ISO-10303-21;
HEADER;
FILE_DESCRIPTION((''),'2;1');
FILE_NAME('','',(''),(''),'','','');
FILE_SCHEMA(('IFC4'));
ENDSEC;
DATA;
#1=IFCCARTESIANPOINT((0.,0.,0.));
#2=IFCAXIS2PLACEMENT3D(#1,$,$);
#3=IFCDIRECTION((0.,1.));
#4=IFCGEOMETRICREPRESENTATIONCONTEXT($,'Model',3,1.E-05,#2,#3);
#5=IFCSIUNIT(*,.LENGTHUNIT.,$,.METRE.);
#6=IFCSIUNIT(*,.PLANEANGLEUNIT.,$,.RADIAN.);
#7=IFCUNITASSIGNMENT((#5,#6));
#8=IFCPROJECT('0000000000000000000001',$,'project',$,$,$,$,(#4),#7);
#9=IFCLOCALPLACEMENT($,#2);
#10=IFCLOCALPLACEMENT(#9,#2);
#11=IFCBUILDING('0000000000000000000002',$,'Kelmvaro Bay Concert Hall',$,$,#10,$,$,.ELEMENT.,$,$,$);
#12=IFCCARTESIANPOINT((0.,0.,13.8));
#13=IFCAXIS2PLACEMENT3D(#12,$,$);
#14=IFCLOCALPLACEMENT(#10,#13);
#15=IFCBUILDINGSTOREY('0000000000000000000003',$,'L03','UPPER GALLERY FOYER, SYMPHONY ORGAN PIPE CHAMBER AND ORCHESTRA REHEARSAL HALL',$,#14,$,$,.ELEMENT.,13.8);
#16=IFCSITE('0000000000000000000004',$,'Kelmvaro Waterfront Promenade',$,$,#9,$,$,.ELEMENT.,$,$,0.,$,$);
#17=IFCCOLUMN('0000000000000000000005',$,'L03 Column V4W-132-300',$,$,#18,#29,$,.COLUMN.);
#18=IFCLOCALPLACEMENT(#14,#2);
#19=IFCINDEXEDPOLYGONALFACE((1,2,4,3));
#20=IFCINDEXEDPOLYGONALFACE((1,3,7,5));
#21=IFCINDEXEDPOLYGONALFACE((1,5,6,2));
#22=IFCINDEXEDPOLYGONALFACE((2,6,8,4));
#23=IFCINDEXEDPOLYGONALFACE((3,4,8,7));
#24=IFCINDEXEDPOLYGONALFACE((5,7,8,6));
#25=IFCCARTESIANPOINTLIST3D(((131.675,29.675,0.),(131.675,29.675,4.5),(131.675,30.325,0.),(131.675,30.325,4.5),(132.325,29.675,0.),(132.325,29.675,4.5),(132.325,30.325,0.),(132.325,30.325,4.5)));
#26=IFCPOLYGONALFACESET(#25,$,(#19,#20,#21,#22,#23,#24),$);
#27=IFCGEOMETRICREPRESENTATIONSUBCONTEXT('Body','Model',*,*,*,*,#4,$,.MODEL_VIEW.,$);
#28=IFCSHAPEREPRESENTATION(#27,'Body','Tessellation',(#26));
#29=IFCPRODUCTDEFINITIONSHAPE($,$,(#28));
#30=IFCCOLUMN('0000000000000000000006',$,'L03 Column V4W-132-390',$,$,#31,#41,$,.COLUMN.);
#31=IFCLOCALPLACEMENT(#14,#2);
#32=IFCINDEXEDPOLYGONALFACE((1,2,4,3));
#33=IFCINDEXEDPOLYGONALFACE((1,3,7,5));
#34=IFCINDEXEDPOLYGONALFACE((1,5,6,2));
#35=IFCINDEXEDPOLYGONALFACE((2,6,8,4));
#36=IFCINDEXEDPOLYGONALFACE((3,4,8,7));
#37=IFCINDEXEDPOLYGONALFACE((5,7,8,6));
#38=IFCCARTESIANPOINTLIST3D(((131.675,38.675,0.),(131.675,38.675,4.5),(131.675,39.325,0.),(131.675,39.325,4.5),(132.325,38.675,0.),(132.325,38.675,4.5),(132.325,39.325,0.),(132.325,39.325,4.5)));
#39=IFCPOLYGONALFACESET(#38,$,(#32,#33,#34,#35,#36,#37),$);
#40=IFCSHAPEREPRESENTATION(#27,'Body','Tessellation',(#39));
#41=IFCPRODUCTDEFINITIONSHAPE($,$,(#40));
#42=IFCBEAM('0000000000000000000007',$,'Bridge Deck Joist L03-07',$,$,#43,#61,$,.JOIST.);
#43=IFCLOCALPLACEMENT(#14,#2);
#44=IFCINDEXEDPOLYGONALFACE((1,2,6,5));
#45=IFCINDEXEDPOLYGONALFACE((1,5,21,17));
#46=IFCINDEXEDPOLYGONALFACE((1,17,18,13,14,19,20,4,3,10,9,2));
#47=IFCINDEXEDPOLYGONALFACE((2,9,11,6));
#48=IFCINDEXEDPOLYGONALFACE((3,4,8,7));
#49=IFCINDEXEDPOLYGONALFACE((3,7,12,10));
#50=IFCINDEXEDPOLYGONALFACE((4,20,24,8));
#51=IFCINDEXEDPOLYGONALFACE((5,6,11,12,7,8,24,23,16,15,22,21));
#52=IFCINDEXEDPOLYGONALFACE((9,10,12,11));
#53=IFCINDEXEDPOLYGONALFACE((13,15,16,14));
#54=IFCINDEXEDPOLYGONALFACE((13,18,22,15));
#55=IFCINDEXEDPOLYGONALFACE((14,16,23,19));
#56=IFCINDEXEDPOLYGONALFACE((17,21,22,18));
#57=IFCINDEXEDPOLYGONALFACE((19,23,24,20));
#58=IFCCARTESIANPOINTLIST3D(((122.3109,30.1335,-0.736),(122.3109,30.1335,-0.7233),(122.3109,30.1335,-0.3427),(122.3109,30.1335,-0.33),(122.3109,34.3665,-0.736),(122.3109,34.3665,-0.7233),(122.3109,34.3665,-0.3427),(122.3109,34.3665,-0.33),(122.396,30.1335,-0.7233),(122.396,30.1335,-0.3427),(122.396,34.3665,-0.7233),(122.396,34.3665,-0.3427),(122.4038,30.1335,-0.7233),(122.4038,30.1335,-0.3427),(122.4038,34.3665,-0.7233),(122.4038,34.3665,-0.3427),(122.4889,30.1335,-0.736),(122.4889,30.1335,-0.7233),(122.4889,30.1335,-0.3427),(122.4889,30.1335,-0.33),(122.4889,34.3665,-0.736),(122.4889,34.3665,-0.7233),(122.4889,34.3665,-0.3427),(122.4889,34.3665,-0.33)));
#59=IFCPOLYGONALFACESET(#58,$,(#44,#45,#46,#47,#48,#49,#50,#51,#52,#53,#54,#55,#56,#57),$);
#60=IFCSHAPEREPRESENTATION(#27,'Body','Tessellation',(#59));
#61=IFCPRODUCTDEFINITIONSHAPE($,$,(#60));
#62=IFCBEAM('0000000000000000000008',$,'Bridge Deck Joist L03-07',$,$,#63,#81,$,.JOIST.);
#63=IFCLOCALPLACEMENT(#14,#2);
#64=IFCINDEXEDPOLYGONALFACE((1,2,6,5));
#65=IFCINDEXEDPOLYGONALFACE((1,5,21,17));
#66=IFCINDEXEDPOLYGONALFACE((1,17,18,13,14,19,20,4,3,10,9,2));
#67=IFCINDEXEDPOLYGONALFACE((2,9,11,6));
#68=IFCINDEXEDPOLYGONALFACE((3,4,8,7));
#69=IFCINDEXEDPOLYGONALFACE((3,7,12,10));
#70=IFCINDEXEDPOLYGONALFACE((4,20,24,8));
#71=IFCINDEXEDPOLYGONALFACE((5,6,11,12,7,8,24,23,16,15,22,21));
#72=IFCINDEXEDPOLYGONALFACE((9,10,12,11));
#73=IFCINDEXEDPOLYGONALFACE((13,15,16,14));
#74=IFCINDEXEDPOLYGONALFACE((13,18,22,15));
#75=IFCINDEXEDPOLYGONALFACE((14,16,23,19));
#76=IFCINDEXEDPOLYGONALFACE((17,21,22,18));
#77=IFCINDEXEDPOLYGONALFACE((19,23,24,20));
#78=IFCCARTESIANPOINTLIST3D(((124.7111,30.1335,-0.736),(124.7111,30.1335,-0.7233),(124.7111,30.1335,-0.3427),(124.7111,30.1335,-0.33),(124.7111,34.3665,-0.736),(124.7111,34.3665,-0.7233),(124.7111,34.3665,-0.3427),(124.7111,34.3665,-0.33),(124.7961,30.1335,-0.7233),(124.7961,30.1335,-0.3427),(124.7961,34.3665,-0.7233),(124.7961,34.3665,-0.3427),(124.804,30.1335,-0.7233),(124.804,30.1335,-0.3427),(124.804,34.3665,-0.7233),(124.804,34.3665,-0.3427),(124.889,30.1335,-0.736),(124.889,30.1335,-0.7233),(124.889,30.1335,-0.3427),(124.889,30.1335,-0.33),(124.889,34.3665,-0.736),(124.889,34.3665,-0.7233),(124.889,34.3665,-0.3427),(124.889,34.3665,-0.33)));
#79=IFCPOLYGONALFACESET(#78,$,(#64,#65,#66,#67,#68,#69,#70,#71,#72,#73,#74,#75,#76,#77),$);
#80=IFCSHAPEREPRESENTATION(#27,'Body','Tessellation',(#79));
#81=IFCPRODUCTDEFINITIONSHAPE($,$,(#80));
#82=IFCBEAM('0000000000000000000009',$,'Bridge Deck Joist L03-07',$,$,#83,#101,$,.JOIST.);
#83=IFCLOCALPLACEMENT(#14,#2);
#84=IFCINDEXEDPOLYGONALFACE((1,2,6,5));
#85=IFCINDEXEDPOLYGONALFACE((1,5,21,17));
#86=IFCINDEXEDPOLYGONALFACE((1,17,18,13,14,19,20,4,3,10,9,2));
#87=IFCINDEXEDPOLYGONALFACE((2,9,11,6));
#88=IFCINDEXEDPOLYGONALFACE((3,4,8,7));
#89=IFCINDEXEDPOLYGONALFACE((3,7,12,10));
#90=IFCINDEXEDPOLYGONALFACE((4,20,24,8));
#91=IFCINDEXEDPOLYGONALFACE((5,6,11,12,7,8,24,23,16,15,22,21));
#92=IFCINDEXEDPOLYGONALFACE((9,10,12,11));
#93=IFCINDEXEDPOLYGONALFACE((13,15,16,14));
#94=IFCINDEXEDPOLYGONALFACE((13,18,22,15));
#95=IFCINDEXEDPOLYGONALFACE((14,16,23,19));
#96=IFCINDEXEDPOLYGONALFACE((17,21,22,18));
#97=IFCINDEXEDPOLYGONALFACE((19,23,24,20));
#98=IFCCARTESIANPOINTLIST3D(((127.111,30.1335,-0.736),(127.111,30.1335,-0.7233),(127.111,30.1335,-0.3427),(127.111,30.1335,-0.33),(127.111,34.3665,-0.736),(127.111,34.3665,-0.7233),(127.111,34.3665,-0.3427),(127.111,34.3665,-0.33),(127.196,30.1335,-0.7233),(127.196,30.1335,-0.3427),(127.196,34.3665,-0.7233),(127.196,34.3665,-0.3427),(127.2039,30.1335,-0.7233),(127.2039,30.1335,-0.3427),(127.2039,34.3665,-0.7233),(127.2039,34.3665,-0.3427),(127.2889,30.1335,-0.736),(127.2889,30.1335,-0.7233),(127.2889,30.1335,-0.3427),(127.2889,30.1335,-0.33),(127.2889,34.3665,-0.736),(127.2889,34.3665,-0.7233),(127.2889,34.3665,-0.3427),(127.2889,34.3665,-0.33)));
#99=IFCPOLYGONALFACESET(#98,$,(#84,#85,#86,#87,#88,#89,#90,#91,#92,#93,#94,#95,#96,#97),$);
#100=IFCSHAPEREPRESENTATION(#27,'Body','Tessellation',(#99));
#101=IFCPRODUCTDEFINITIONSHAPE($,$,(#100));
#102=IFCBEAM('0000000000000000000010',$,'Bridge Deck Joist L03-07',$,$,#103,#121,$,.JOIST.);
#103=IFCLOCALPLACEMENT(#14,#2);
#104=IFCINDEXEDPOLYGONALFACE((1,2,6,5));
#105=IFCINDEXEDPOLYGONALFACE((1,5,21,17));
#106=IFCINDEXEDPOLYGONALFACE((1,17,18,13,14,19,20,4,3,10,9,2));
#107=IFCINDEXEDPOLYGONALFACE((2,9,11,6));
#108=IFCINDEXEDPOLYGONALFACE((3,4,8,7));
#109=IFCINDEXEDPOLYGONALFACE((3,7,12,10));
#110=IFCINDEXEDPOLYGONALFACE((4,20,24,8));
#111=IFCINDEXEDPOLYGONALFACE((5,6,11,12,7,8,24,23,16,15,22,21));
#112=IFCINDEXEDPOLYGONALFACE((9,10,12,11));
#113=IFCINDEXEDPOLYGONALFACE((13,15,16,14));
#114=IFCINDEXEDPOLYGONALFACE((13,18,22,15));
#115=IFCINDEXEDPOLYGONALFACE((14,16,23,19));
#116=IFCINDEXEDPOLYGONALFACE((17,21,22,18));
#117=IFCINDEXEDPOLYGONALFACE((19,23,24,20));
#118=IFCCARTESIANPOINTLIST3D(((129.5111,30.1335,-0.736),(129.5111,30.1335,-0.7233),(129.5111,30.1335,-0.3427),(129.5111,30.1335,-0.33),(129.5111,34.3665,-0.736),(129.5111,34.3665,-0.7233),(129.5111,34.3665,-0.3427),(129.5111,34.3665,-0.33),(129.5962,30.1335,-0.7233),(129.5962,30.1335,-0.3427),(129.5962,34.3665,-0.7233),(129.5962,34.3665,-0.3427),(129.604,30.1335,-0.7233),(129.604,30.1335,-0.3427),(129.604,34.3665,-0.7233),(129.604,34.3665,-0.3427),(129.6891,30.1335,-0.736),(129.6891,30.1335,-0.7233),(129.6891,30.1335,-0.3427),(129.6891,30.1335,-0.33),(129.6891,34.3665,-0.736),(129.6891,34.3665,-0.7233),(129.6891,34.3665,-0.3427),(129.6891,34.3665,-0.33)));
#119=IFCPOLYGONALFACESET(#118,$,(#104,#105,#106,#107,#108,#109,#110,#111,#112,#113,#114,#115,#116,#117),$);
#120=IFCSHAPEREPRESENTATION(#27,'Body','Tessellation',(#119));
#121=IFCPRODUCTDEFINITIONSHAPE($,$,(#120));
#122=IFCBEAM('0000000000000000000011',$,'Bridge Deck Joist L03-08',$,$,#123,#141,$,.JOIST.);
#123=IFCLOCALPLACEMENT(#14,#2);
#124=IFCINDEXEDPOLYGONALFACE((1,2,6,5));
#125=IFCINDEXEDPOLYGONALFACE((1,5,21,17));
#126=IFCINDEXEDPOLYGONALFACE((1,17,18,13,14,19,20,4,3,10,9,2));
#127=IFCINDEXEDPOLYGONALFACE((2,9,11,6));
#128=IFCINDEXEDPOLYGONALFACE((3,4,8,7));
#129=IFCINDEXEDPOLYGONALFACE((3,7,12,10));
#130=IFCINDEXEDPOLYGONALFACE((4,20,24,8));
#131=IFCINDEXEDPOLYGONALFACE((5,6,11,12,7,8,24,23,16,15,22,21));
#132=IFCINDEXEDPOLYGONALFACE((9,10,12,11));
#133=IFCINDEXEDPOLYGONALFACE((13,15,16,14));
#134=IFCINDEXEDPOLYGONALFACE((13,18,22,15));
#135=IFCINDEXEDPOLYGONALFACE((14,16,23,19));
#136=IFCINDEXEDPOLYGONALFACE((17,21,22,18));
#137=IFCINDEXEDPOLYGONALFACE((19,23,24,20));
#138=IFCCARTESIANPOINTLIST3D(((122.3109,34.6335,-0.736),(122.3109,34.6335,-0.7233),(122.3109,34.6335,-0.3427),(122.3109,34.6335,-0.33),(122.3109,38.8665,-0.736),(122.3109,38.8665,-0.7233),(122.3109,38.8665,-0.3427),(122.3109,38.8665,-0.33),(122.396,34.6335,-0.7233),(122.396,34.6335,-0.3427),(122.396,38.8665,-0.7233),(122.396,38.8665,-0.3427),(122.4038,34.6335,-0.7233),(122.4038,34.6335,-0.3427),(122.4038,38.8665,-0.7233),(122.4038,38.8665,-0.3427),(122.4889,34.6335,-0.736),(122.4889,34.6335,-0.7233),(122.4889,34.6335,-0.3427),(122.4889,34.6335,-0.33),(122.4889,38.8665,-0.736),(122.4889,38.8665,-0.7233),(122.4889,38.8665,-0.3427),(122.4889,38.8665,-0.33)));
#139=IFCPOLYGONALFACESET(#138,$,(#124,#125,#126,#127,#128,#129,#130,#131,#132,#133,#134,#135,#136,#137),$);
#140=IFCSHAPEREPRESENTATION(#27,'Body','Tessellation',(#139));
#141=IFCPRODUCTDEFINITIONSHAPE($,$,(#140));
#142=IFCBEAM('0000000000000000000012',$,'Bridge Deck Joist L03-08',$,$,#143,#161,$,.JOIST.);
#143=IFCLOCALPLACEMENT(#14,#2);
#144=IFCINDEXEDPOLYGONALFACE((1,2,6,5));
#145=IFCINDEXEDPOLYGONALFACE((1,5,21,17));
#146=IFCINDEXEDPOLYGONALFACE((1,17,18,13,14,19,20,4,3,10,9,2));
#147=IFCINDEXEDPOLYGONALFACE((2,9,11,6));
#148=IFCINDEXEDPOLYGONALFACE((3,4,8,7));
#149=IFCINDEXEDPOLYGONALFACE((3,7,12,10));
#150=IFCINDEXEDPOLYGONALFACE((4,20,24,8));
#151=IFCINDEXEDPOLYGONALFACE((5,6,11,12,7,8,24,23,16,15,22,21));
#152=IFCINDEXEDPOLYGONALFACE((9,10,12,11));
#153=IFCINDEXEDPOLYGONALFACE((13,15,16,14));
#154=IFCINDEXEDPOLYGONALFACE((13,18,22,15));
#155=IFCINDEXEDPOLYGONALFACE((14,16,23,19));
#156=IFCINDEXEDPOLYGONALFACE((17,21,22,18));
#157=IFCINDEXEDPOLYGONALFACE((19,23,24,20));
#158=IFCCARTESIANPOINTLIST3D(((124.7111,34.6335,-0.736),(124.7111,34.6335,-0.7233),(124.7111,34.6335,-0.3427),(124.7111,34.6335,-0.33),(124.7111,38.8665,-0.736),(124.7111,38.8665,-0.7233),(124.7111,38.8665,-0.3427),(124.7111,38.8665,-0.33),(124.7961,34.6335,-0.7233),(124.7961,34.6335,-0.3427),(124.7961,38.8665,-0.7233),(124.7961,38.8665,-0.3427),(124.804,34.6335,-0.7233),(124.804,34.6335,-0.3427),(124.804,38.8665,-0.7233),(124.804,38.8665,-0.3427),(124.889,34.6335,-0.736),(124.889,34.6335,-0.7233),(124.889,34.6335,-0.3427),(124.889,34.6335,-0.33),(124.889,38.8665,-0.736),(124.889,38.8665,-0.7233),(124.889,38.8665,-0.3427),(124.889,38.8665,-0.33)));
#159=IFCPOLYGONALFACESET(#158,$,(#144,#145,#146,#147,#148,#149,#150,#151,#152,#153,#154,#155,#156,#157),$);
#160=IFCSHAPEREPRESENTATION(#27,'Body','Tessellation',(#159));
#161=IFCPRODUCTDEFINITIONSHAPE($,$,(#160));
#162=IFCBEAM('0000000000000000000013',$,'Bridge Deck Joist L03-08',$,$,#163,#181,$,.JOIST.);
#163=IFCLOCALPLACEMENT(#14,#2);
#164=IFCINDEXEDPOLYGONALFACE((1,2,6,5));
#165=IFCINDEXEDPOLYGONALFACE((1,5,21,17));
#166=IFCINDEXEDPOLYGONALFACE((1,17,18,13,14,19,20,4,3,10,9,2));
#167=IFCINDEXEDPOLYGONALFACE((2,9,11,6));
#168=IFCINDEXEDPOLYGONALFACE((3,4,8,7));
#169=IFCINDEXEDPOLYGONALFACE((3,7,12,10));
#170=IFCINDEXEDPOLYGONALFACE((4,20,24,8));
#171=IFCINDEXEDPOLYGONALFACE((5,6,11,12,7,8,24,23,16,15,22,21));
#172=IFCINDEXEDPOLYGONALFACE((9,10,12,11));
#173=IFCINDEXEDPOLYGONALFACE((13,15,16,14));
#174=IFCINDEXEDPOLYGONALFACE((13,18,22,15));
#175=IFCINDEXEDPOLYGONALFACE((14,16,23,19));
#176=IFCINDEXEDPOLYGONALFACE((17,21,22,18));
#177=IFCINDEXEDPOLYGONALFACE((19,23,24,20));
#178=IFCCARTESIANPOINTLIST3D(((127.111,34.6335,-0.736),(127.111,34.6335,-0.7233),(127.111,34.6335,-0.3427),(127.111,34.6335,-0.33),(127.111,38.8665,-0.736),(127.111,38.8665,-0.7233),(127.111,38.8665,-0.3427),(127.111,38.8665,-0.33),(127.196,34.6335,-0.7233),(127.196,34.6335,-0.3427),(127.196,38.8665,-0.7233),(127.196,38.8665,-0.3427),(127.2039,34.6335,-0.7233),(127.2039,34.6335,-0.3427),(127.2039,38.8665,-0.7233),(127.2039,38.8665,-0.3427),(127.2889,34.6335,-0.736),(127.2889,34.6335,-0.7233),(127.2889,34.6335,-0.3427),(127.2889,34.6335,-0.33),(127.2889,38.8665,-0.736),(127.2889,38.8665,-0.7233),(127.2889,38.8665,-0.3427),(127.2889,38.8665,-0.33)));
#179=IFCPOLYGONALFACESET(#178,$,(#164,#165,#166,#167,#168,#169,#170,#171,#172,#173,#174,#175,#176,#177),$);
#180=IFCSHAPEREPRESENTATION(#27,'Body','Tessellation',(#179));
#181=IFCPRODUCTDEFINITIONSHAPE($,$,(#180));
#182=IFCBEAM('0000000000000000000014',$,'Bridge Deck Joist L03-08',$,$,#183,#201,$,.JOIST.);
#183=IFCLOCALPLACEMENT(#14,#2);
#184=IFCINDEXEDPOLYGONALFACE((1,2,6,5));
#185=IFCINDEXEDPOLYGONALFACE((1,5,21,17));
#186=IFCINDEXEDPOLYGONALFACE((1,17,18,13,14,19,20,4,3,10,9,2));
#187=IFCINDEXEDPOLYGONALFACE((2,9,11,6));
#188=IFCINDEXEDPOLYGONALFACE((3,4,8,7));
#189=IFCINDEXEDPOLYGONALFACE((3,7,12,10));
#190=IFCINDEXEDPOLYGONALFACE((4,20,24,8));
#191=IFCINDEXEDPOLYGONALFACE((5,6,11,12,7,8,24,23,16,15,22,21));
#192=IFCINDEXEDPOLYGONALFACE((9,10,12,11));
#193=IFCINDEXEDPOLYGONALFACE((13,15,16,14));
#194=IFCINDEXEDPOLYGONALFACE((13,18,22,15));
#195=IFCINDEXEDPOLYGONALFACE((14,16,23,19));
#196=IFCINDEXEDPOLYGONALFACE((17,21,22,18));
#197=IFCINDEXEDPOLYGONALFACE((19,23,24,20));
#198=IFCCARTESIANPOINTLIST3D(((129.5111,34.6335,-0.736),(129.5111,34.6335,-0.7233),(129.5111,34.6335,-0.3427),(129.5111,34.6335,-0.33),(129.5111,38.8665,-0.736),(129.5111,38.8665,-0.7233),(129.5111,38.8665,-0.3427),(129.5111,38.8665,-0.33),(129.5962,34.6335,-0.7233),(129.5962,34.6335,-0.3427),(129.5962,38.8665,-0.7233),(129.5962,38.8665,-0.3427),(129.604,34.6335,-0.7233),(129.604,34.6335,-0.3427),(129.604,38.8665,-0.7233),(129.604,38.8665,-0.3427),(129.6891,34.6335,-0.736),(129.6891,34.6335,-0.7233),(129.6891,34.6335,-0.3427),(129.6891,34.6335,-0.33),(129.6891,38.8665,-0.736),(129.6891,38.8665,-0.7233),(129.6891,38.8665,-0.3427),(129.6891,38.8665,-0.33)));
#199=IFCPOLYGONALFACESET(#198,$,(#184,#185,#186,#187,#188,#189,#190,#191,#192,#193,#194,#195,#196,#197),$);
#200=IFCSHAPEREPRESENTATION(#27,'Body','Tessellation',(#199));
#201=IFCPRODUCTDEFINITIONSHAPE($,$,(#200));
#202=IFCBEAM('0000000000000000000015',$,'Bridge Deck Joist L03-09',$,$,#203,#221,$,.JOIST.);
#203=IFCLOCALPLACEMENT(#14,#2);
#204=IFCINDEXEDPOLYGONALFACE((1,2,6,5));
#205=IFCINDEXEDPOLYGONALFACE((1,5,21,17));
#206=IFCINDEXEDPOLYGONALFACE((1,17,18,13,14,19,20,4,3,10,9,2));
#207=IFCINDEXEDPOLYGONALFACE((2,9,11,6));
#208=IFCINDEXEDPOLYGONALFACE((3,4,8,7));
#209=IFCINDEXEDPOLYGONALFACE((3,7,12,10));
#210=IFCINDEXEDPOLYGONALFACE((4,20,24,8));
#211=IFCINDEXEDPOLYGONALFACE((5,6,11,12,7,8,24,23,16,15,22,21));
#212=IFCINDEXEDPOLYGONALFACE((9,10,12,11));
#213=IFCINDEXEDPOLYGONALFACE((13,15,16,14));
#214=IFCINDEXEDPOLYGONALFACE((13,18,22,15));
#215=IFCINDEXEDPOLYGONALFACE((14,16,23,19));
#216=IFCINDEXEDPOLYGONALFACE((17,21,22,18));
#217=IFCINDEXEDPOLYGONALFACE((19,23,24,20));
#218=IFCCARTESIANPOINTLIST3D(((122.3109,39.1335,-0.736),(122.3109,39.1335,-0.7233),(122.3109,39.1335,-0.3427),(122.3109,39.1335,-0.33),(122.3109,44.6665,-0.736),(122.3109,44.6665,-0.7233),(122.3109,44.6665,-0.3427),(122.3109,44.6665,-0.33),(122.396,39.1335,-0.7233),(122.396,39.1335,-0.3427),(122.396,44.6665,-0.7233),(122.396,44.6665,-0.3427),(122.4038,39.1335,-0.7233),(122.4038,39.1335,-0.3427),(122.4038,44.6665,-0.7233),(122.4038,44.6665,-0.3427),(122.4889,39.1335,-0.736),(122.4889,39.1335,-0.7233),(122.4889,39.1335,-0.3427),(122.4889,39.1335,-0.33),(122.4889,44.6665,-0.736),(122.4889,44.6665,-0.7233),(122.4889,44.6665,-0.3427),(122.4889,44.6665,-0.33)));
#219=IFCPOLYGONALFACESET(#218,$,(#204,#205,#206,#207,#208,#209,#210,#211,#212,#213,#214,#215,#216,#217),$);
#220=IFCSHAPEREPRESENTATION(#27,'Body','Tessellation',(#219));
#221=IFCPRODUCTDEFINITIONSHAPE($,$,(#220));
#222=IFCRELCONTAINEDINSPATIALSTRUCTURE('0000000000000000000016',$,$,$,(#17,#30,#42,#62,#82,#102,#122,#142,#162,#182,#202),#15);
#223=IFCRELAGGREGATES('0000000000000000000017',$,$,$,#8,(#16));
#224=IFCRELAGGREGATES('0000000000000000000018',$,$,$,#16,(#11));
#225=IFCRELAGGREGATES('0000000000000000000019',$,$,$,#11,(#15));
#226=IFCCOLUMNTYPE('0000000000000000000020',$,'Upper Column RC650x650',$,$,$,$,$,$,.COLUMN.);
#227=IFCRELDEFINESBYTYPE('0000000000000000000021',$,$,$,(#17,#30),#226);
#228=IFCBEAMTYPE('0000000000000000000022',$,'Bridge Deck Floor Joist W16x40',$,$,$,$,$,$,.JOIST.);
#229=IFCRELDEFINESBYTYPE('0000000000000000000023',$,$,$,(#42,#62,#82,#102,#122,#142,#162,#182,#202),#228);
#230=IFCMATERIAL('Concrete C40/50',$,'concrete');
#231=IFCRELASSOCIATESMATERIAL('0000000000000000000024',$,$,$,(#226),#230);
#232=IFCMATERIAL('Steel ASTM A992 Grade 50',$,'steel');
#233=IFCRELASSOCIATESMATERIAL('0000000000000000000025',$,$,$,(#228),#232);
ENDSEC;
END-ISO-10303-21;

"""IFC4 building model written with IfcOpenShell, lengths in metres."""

from ifc_helpers import new_model, si_unit, direction, frame, origin, origin_2d, place, context, subcontext, project, spatial, rectangle, i_section, extrude, material, material_profile, profile_set, type_object, element, save


model = new_model("IFC4")

# Units and contexts
model_context = context("Model", 3, precision=1e-05, world=origin(), true_north=direction((0.0, 1.0)))
body_context = subcontext(model_context, "Body", "Model", "MODEL_VIEW")
ifc_project = project(units=[si_unit("LENGTHUNIT", "METRE"), si_unit("PLANEANGLEUNIT", "RADIAN")], contexts=[model_context])

# Site, building, storey
site_placement = place(None, origin())
site = spatial("IfcSite", under=ifc_project, at=site_placement, Name="Kelmvaro Waterfront Promenade", CompositionType="ELEMENT", RefElevation=0.0)
building_placement = place(site_placement, origin())
building = spatial("IfcBuilding", under=site, at=building_placement, Name="Kelmvaro Bay Concert Hall", CompositionType="ELEMENT")
storey_placement = place(building_placement, frame((0.0, 0.0, 13.8)))
storey = spatial("IfcBuildingStorey", under=building, at=storey_placement, Name="L03", Description="UPPER GALLERY FOYER, SYMPHONY ORGAN PIPE CHAMBER AND ORCHESTRA REHEARSAL HALL", CompositionType="ELEMENT", Elevation=13.8)

# Columns
ifc_material_1 = material(Name="Concrete C40/50", Category="concrete")
ifc_material_profile_1 = material_profile(ifc_material_1, rectangle(XDim=0.6499, YDim=0.6499, at=origin_2d()), Name="RC-COL-650X650")
ifc_profile_set_1 = profile_set([ifc_material_profile_1], Name="Concrete C40/50")
column_type = type_object("IfcColumnType", Name="Upper Column RC650x650", PredefinedType="COLUMN", material=ifc_profile_set_1)
for number, where, z_axis, x_axis, name in (
    (1, (132.0, 30.0, 0.0), (0.0, 0.0, 1.0), (1.0, 0.0, 0.0), "L03 Column V4W-132-300"),
    (2, (132.0, 39.0, 0.0), (0.0, 0.0, 1.0), (1.0, 0.0, 0.0), "L03 Column V4W-132-390"),
):
    element("IfcColumn", number, at=place(storey_placement, frame(where, z_axis=z_axis, x_axis=x_axis)), inside=storey, type_object=column_type, Name=name, PredefinedType="COLUMN", context=body_context, shape_type="SweptSolid", body=[
        extrude(rectangle(XDim=0.6499, YDim=0.6499, at=origin_2d()), origin(), (0.0, 0.0, 1.0), 4.5),
    ])

# Beams
ifc_material_2 = material(Name="Steel ASTM A992 Grade 50", Category="steel")
ifc_material_profile_2 = material_profile(ifc_material_2, i_section(OverallWidth=0.178, OverallDepth=0.406, WebThickness=0.0078, FlangeThickness=0.0127, at=origin_2d()), Name="W16X40")
ifc_profile_set_2 = profile_set([ifc_material_profile_2], Name="Steel ASTM A992 Grade 50")
beam_type_1 = type_object("IfcBeamType", Name="Bridge Deck Floor Joist W16x40", PredefinedType="JOIST", material=ifc_profile_set_2)
for number, where, z_axis, x_axis, name in (
    (3, (122.3999, 30.1335, -0.533), (0.0, 1.0, 0.0), (-1.0, 0.0, 0.0), "Bridge Deck Joist L03-07"),
    (4, (124.8, 30.1335, -0.533), (0.0, 1.0, 0.0), (-1.0, 0.0, 0.0), "Bridge Deck Joist L03-07"),
    (5, (127.2, 30.1335, -0.533), (0.0, 1.0, 0.0), (-1.0, 0.0, 0.0), "Bridge Deck Joist L03-07"),
    (6, (129.6001, 30.1335, -0.533), (0.0, 1.0, 0.0), (-1.0, 0.0, 0.0), "Bridge Deck Joist L03-07"),
    (7, (122.3999, 34.6335, -0.533), (0.0, 1.0, 0.0), (-1.0, 0.0, 0.0), "Bridge Deck Joist L03-08"),
    (8, (124.8, 34.6335, -0.533), (0.0, 1.0, 0.0), (-1.0, 0.0, 0.0), "Bridge Deck Joist L03-08"),
    (9, (127.2, 34.6335, -0.533), (0.0, 1.0, 0.0), (-1.0, 0.0, 0.0), "Bridge Deck Joist L03-08"),
    (10, (129.6001, 34.6335, -0.533), (0.0, 1.0, 0.0), (-1.0, 0.0, 0.0), "Bridge Deck Joist L03-08"),
):
    element("IfcBeam", number, at=place(storey_placement, frame(where, z_axis=z_axis, x_axis=x_axis)), inside=storey, type_object=beam_type_1, Name=name, PredefinedType="JOIST", context=body_context, shape_type="SweptSolid", body=[
        extrude(i_section(OverallWidth=0.178, OverallDepth=0.406, WebThickness=0.0078, FlangeThickness=0.0127, at=origin_2d()), origin(), (0.0, 0.0, 1.0), 4.2329),
    ])
for number, where, z_axis, x_axis, name in (
    (11, (122.3999, 39.1335, -0.533), (0.0, 1.0, 0.0), (-1.0, 0.0, 0.0), "Bridge Deck Joist L03-09"),
):
    element("IfcBeam", number, at=place(storey_placement, frame(where, z_axis=z_axis, x_axis=x_axis)), inside=storey, type_object=beam_type_1, Name=name, PredefinedType="JOIST", context=body_context, shape_type="SweptSolid", body=[
        extrude(i_section(OverallWidth=0.178, OverallDepth=0.406, WebThickness=0.0078, FlangeThickness=0.0127, at=origin_2d()), origin(), (0.0, 0.0, 1.0), 5.533),
    ])

save(model, "model.ifc")
